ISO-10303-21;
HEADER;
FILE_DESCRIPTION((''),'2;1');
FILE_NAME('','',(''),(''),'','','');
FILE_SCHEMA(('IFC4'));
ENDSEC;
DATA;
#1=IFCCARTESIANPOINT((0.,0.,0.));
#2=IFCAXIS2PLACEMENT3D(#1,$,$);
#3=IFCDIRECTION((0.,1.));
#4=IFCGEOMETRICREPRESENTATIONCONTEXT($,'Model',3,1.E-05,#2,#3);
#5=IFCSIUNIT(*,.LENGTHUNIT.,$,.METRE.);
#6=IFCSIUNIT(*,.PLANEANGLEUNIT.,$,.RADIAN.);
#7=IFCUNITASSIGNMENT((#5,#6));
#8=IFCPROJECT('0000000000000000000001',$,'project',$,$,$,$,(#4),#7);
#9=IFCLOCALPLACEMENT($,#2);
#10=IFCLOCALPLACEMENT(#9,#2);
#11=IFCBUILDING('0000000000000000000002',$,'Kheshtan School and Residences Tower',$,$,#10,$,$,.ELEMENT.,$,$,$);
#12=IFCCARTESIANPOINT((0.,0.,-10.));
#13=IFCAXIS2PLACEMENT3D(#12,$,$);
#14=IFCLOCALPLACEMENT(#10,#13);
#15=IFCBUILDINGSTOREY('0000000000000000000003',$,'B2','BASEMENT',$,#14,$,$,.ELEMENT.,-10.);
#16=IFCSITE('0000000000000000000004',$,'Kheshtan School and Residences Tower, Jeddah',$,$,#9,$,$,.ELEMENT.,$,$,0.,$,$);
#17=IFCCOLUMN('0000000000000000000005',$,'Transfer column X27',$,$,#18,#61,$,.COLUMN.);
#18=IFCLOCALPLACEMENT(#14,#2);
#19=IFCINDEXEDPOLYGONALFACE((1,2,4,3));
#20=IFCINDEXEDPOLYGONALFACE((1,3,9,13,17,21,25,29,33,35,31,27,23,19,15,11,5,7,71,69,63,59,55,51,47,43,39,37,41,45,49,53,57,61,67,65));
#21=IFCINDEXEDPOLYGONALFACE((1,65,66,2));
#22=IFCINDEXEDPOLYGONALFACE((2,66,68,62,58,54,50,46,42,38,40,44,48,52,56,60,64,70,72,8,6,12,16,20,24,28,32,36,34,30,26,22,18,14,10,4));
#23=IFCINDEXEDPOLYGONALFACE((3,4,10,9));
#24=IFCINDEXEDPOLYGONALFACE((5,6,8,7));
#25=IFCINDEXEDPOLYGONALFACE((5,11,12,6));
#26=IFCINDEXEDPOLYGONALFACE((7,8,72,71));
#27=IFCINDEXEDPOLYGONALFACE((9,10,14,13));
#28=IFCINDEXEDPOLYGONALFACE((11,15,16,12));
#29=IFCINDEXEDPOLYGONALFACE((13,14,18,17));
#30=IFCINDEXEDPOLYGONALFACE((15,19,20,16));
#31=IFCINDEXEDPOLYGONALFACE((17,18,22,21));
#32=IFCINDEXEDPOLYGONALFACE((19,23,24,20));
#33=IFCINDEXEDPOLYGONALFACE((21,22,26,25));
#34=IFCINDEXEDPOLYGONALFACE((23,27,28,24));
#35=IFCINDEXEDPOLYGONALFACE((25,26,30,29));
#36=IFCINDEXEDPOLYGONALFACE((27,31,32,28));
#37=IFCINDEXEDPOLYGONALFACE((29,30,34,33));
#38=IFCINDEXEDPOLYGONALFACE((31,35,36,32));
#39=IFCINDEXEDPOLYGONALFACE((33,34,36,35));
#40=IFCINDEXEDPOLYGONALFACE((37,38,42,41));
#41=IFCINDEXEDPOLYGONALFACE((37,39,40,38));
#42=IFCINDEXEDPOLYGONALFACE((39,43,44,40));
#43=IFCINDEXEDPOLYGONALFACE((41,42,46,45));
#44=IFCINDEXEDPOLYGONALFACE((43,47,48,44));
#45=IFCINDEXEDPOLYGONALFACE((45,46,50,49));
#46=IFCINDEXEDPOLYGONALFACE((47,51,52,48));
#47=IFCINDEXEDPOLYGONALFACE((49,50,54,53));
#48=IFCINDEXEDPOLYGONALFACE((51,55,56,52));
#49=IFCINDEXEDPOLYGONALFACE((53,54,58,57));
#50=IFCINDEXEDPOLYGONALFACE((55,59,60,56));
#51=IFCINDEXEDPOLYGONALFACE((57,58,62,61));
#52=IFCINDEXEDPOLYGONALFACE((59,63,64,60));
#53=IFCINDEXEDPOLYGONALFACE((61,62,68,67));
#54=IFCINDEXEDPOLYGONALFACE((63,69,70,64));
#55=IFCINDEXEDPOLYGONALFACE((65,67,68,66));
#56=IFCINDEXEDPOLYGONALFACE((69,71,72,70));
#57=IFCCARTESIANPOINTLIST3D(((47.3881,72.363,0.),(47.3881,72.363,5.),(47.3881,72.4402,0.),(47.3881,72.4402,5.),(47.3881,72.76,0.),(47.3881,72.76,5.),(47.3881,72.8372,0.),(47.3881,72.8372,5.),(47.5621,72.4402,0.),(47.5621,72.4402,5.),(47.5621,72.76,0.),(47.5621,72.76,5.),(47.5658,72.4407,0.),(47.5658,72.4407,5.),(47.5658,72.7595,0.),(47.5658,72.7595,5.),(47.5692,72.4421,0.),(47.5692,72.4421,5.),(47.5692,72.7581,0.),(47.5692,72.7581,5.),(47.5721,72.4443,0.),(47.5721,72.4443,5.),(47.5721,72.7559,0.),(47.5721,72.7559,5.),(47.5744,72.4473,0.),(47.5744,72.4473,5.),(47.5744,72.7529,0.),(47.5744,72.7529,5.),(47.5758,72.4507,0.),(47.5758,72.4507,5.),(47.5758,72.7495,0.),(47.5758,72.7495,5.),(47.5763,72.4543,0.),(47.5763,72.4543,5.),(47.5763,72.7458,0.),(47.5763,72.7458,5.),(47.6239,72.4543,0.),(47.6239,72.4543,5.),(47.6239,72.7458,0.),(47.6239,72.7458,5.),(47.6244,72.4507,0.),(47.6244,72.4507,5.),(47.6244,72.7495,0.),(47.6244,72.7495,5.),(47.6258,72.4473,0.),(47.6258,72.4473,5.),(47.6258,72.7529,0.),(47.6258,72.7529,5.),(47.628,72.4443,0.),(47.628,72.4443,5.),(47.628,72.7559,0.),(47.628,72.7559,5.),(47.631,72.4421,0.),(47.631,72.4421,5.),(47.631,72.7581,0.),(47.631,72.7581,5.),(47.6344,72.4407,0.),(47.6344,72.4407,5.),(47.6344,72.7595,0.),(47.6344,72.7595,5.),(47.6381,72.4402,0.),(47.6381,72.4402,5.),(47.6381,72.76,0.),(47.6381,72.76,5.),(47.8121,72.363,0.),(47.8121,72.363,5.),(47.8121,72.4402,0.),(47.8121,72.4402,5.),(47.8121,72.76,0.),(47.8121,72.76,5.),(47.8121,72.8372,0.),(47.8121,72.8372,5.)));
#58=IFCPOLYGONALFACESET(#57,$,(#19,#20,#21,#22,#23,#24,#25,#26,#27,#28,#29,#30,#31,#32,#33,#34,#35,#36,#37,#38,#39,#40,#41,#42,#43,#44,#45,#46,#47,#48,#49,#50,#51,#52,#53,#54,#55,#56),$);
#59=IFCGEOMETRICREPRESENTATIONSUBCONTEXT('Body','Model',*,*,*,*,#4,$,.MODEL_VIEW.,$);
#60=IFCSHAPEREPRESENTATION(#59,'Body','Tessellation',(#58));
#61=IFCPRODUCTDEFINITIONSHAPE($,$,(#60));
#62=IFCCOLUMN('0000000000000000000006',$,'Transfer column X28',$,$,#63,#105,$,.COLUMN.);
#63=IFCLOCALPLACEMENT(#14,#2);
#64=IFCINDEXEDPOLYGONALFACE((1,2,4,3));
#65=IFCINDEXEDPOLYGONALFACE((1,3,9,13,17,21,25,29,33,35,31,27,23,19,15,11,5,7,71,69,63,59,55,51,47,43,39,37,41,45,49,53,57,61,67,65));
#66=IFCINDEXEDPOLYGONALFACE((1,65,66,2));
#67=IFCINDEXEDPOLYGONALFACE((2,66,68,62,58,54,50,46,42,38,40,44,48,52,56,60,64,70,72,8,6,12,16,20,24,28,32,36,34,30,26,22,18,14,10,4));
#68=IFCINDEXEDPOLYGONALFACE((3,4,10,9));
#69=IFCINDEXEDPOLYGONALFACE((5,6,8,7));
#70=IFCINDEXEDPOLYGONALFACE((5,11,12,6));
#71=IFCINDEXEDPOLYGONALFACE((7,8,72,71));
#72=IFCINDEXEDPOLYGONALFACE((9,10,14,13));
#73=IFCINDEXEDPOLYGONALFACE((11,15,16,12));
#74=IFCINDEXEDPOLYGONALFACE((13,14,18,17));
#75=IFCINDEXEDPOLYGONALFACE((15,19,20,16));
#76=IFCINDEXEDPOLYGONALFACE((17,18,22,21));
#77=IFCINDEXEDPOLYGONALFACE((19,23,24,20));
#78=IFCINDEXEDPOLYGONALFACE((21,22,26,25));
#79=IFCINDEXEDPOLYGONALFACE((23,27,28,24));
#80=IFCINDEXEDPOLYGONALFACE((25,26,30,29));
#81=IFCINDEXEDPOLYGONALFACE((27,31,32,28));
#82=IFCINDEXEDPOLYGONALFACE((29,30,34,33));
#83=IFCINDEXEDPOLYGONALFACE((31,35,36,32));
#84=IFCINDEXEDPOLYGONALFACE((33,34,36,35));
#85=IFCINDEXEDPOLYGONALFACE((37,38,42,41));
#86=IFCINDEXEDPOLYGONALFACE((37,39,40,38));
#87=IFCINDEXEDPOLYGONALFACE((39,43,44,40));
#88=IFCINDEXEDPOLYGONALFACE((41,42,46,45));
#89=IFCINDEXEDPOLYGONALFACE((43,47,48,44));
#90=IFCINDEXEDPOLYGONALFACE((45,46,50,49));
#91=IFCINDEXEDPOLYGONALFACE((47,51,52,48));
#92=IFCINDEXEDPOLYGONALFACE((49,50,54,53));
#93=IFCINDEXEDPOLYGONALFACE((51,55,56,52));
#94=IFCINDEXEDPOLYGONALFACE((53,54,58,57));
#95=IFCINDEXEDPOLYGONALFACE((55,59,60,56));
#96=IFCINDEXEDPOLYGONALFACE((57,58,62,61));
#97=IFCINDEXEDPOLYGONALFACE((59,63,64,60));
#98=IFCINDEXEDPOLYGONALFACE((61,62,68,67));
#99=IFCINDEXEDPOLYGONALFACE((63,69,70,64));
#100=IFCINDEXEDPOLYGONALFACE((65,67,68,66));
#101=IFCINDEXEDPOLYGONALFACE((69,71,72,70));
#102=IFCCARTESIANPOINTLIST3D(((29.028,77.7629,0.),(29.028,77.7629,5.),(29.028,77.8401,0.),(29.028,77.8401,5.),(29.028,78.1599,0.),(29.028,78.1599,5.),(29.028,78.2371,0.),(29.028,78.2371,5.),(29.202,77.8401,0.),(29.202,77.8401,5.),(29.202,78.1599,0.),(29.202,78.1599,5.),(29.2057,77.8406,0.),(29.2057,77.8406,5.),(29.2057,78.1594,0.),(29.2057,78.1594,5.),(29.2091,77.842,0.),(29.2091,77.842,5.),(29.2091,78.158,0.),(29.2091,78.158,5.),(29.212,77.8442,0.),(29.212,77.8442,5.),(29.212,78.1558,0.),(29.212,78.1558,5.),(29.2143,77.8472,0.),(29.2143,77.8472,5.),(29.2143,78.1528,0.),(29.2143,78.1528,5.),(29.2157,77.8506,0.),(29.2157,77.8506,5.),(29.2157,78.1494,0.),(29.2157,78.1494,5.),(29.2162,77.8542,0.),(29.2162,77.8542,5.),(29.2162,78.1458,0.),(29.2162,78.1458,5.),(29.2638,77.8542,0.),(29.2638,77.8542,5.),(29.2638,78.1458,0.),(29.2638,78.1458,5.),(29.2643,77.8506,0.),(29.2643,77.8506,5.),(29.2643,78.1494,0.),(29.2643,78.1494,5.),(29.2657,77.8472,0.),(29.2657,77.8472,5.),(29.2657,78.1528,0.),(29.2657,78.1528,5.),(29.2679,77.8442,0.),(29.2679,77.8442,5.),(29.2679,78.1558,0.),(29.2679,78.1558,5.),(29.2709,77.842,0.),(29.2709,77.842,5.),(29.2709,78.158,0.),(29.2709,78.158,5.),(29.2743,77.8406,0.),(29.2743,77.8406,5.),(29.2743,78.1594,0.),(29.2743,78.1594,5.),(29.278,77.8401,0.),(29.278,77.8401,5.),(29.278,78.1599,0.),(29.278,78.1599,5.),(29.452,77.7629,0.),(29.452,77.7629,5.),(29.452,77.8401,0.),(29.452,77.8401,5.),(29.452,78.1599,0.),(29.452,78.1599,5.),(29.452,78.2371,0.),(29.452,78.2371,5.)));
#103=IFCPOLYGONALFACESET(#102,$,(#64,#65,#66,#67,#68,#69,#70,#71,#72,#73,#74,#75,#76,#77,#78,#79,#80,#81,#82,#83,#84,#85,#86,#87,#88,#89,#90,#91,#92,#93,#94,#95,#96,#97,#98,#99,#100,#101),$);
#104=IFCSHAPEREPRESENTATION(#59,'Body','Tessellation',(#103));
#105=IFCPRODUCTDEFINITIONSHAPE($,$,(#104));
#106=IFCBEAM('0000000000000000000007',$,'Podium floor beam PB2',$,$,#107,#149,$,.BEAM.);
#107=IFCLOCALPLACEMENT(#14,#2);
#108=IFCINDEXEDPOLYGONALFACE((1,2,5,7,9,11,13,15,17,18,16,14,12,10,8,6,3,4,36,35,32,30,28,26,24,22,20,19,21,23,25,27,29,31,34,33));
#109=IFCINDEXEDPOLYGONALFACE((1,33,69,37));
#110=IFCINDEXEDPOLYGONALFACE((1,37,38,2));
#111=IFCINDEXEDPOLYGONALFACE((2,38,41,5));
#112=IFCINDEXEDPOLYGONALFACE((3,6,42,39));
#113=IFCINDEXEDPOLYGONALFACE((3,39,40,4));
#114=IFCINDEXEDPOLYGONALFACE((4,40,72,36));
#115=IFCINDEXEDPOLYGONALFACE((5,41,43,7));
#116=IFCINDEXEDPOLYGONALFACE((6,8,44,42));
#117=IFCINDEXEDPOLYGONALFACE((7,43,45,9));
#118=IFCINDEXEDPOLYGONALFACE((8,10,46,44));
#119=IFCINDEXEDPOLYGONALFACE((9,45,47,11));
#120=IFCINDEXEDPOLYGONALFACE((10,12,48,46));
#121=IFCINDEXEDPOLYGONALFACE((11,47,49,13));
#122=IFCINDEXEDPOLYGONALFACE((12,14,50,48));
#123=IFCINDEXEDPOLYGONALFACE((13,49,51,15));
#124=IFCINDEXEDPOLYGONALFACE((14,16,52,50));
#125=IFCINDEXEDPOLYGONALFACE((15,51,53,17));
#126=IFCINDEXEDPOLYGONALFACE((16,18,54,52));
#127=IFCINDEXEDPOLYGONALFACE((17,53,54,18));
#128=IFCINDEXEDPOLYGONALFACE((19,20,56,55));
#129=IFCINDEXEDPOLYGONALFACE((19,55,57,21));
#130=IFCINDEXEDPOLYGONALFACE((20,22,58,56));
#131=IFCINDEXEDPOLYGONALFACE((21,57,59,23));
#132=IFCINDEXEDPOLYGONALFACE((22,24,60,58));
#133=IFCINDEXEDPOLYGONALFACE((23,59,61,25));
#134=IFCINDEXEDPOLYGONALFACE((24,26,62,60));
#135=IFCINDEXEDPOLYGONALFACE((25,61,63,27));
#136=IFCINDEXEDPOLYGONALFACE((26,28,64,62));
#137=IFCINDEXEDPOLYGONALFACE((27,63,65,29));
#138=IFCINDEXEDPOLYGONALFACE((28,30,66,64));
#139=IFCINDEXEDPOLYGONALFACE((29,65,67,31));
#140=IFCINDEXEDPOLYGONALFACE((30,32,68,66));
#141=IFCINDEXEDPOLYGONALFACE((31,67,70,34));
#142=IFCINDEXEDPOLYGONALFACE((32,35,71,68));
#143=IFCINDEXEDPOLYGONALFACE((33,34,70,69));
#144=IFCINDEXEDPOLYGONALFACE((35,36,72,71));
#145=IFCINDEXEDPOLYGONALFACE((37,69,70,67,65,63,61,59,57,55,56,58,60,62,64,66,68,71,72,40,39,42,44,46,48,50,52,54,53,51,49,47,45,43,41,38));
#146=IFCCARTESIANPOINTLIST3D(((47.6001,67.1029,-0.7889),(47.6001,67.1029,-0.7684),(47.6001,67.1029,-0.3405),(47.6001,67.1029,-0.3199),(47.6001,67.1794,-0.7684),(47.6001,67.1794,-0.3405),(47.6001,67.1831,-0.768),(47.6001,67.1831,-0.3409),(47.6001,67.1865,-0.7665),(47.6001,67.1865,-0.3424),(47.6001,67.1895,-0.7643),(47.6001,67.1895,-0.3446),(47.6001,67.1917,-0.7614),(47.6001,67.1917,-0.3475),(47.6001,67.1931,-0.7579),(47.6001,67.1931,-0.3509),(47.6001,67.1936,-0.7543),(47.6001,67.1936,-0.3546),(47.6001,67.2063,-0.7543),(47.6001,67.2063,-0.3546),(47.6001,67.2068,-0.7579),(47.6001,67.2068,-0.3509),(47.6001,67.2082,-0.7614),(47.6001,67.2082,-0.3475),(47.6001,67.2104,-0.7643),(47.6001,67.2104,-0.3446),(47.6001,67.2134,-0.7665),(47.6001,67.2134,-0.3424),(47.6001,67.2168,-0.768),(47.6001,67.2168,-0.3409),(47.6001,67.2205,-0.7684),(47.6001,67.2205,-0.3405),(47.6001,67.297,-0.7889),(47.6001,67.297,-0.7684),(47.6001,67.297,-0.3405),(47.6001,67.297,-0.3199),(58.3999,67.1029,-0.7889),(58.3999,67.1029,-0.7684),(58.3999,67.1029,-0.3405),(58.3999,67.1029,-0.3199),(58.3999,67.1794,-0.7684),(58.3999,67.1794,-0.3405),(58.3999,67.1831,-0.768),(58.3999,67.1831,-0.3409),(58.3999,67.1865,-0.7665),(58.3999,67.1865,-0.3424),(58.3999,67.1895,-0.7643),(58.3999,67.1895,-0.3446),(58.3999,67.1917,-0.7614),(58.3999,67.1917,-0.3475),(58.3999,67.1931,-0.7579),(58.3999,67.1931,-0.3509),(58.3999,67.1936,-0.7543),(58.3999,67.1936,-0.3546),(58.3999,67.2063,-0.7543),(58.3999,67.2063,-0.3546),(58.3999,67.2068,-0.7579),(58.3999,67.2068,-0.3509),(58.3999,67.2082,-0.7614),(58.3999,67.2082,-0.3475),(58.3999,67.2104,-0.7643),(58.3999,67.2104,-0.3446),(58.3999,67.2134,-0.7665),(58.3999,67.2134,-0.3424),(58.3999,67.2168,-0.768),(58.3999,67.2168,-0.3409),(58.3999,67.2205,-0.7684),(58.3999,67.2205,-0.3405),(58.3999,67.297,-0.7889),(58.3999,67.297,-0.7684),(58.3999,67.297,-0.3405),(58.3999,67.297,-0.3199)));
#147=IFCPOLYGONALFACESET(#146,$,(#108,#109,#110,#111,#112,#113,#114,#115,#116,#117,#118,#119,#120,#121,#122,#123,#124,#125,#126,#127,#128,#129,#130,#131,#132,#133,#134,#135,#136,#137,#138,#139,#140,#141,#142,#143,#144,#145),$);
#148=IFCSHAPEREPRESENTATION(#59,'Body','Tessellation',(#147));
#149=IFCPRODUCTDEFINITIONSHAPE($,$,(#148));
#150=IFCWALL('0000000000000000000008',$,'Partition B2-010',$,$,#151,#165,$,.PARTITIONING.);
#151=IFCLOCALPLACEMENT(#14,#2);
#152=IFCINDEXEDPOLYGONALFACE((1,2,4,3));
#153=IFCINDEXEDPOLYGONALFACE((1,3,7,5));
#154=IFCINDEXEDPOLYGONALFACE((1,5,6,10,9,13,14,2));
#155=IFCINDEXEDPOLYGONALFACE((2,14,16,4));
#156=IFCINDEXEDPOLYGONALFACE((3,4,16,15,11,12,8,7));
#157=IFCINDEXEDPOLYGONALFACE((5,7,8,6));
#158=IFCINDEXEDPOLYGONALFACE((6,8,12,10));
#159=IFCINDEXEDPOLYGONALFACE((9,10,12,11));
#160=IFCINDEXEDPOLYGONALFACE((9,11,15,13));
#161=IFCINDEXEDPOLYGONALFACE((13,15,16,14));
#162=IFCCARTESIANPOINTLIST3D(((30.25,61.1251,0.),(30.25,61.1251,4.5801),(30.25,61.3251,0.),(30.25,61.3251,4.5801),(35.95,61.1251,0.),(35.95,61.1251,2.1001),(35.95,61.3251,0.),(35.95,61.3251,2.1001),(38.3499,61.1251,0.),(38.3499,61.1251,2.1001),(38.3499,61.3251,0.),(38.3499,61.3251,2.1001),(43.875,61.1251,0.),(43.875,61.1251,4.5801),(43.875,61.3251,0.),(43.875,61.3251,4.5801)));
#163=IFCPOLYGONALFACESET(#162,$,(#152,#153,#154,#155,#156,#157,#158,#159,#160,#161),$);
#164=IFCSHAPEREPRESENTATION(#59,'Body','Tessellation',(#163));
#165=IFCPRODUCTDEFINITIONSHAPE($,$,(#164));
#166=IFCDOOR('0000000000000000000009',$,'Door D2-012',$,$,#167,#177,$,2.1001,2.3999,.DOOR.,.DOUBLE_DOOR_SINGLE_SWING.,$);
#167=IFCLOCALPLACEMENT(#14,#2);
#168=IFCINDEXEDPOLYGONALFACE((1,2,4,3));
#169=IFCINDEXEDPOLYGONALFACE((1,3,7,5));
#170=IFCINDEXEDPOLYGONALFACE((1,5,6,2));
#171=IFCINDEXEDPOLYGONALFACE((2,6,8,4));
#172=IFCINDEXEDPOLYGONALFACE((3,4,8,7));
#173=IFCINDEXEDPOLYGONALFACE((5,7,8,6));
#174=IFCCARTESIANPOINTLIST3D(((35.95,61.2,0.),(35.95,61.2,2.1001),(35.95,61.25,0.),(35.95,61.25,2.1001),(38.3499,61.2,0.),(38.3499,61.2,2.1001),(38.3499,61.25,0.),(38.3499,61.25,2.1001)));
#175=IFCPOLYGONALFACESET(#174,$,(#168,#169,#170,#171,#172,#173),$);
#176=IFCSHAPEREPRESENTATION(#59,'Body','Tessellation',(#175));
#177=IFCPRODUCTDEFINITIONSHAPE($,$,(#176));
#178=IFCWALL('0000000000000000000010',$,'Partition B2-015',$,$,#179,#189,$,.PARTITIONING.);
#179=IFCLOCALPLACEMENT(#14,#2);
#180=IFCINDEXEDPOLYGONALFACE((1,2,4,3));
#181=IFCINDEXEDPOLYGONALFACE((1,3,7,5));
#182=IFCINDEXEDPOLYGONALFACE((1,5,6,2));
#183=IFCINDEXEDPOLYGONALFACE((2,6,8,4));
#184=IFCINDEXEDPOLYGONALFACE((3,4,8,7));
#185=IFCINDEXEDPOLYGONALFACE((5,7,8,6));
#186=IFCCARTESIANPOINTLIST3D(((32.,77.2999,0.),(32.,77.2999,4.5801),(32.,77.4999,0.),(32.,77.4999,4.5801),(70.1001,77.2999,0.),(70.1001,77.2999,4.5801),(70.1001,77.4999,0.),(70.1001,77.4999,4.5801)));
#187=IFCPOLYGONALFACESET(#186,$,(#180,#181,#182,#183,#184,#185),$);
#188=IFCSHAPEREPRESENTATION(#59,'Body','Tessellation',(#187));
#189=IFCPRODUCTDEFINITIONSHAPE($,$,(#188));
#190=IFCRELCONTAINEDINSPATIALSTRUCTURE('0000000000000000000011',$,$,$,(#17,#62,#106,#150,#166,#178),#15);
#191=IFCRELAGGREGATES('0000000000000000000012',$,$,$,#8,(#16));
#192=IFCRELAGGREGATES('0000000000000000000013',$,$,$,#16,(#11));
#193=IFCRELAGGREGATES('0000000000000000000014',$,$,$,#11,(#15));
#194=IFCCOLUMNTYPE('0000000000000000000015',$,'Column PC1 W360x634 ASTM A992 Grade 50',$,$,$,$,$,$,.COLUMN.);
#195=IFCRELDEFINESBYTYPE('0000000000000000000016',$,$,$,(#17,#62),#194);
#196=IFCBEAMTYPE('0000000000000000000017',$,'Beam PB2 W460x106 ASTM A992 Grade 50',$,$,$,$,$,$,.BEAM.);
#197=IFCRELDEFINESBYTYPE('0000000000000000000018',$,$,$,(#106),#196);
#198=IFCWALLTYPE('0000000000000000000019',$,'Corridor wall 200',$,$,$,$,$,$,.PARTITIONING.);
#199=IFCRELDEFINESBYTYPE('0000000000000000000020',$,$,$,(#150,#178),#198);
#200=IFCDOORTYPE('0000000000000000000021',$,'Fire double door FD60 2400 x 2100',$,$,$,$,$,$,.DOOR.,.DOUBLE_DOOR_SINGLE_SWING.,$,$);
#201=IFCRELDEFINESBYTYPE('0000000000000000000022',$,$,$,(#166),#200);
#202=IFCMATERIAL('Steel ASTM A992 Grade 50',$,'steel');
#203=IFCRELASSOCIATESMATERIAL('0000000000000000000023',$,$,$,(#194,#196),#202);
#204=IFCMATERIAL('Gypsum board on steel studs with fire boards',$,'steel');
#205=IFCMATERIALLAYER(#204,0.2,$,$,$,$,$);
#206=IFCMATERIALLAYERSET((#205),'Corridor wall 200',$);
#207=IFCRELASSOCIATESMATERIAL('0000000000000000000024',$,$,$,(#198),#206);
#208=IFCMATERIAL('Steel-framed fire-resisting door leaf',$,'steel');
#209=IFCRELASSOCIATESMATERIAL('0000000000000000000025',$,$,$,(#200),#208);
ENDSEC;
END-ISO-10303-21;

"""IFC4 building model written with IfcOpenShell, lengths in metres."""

from ifc_helpers import new_model, si_unit, direction, frame, frame_2d, origin, origin_2d, place, context, subcontext, project, spatial, rectangle, i_section, extrude, source, transform, mapped, material, layer, layer_set, material_profile, profile_set, type_object, element, fill, save


model = new_model("IFC4")

# Units and contexts
model_context = context("Model", 3, precision=1e-05, world=origin(), true_north=direction((0.0, 1.0)))
body_context = subcontext(model_context, "Body", "Model", "MODEL_VIEW")
ifc_project = project(units=[si_unit("LENGTHUNIT", "METRE"), si_unit("PLANEANGLEUNIT", "RADIAN")], contexts=[model_context])

# Site, building, storey
site_placement = place(None, origin())
site = spatial("IfcSite", under=ifc_project, at=site_placement, Name="Kheshtan School and Residences Tower, Jeddah", CompositionType="ELEMENT", RefElevation=0.0)
building_placement = place(site_placement, origin())
building = spatial("IfcBuilding", under=site, at=building_placement, Name="Kheshtan School and Residences Tower", CompositionType="ELEMENT")
storey_placement = place(building_placement, frame((0.0, 0.0, -10.0)))
storey = spatial("IfcBuildingStorey", under=building, at=storey_placement, Name="B2", Description="BASEMENT", CompositionType="ELEMENT", Elevation=-10.0)

# Columns
ifc_material_1 = material(Name="Steel ASTM A992 Grade 50", Category="steel")
ifc_material_profile_1 = material_profile(ifc_material_1, i_section(OverallWidth=0.4241, OverallDepth=0.4741, WebThickness=0.0476, FlangeThickness=0.0771, FilletRadius=0.0142, at=origin_2d()), Name="W360x634")
ifc_profile_set_1 = profile_set([ifc_material_profile_1], Name="Steel ASTM A992 Grade 50")
column_type = type_object("IfcColumnType", Name="Column PC1 W360x634 ASTM A992 Grade 50", PredefinedType="COLUMN", material=ifc_profile_set_1)
for number, where, z_axis, x_axis, name in (
    (1, (47.6001, 72.6001, 0.0), (0.0, 0.0, 1.0), (1.0, 0.0, 0.0), "Transfer column X27"),
    (2, (29.24, 78.0, 0.0), (0.0, 0.0, 1.0), (1.0, 0.0, 0.0), "Transfer column X28"),
):
    element("IfcColumn", number, at=place(storey_placement, frame(where, z_axis=z_axis, x_axis=x_axis)), inside=storey, type_object=column_type, Name=name, PredefinedType="COLUMN", context=body_context, shape_type="SweptSolid", body=[
        extrude(i_section(OverallWidth=0.4241, OverallDepth=0.4741, WebThickness=0.0476, FlangeThickness=0.0771, FilletRadius=0.0142, at=origin_2d()), origin(), (0.0, 0.0, 1.0), 5.0),
    ])

# Beam
ifc_material_profile_2 = material_profile(ifc_material_1, i_section(OverallWidth=0.1941, OverallDepth=0.469, WebThickness=0.0127, FlangeThickness=0.0205, FilletRadius=0.0142, at=origin_2d()), Name="W460x106")
ifc_profile_set_2 = profile_set([ifc_material_profile_2], Name="Steel ASTM A992 Grade 50")
beam_type = type_object("IfcBeamType", Name="Beam PB2 W460x106 ASTM A992 Grade 50", PredefinedType="BEAM", material=ifc_profile_set_2)
beam_placement = place(storey_placement, frame((47.6001, 67.2, -0.5544), z_axis=(1.0, 0.0, 0.0), x_axis=(0.0, 1.0, 0.0)))
element("IfcBeam", 3, at=beam_placement, inside=storey, type_object=beam_type, Name="Podium floor beam PB2", PredefinedType="BEAM", context=body_context, shape_type="SweptSolid", body=[
    extrude(i_section(OverallWidth=0.1941, OverallDepth=0.469, WebThickness=0.0127, FlangeThickness=0.0205, FilletRadius=0.0142, at=origin_2d()), origin(), (0.0, 0.0, 1.0), 10.7998),
])

# Wall, opening, door
ifc_material_2 = material(Name="Gypsum board on steel studs with fire boards", Category="steel")
ifc_layer_1 = layer(ifc_material_2, 0.2)
ifc_layer_set_1 = layer_set([ifc_layer_1], Name="Corridor wall 200")
wall_type_1 = type_object("IfcWallType", Name="Corridor wall 200", PredefinedType="PARTITIONING", material=ifc_layer_set_1)
wall_1_placement = place(storey_placement, frame((30.25, 61.2251, 0.0), z_axis=(0.0, 0.0, 1.0), x_axis=(1.0, 0.0, 0.0)))
wall_1 = element("IfcWall", 4, at=wall_1_placement, inside=storey, type_object=wall_type_1, Name="Partition B2-010", PredefinedType="PARTITIONING", context=body_context, shape_type="SweptSolid", body=[
    extrude(rectangle(XDim=13.625, YDim=0.2, at=frame_2d((6.8125, 0.0))), origin(), (0.0, 0.0, 1.0), 4.5801),
])
opening_placement = place(wall_1_placement, frame((5.7, 0.0, 0.0)))
opening = element("IfcOpeningElement", 5, at=opening_placement, cuts=wall_1, PredefinedType="OPENING", context=body_context, shape_type="SweptSolid", body=[
    extrude(rectangle(XDim=2.3999, YDim=2.1001, at=frame_2d((1.2, 1.05))), frame((0.0, 0.1099, 0.0), z_axis=(0.0, -1.0, 0.0), x_axis=(1.0, 0.0, 0.0)), (0.0, 0.0, 1.0), 0.22),
])
ifc_material_3 = material(Name="Steel-framed fire-resisting door leaf", Category="steel")
door_type = type_object("IfcDoorType", Name="Fire double door FD60 2400 x 2100", OperationType="DOUBLE_DOOR_SINGLE_SWING", PredefinedType="DOOR", material=ifc_material_3)
shared_shape = source(origin(), body_context, "Body", "SweptSolid", [
    extrude(rectangle(XDim=2.3999, YDim=2.1001, at=frame_2d((1.2, 1.05))), frame((0.0, 0.0249, 0.0), z_axis=(0.0, -1.0, 0.0), x_axis=(1.0, 0.0, 0.0)), (0.0, 0.0, 1.0), 0.05),
])
door_placement = place(opening_placement, origin())
door = element("IfcDoor", 6, at=door_placement, inside=storey, type_object=door_type, Name="Door D2-012", OperationType="DOUBLE_DOOR_SINGLE_SWING", OverallHeight=2.1001, OverallWidth=2.3999, PredefinedType="DOOR", context=body_context, shape_type="MappedRepresentation", body=[
    mapped(shared_shape, transform((0.0, 0.0, 0.0), x_axis=(1.0, 0.0, 0.0), y_axis=(0.0, 1.0, 0.0), z_axis=(0.0, 0.0, 1.0), scale=1.0)),
])
fill(opening, door)

# Wall
wall_2_placement = place(storey_placement, frame((32.0, 77.3999, 0.0), z_axis=(0.0, 0.0, 1.0), x_axis=(1.0, 0.0, 0.0)))
element("IfcWall", 7, at=wall_2_placement, inside=storey, type_object=wall_type_1, Name="Partition B2-015", PredefinedType="PARTITIONING", context=body_context, shape_type="SweptSolid", body=[
    extrude(rectangle(XDim=38.1001, YDim=0.2, at=frame_2d((19.05, 0.0))), origin(), (0.0, 0.0, 1.0), 4.5801),
])

save(model, "model.ifc")
